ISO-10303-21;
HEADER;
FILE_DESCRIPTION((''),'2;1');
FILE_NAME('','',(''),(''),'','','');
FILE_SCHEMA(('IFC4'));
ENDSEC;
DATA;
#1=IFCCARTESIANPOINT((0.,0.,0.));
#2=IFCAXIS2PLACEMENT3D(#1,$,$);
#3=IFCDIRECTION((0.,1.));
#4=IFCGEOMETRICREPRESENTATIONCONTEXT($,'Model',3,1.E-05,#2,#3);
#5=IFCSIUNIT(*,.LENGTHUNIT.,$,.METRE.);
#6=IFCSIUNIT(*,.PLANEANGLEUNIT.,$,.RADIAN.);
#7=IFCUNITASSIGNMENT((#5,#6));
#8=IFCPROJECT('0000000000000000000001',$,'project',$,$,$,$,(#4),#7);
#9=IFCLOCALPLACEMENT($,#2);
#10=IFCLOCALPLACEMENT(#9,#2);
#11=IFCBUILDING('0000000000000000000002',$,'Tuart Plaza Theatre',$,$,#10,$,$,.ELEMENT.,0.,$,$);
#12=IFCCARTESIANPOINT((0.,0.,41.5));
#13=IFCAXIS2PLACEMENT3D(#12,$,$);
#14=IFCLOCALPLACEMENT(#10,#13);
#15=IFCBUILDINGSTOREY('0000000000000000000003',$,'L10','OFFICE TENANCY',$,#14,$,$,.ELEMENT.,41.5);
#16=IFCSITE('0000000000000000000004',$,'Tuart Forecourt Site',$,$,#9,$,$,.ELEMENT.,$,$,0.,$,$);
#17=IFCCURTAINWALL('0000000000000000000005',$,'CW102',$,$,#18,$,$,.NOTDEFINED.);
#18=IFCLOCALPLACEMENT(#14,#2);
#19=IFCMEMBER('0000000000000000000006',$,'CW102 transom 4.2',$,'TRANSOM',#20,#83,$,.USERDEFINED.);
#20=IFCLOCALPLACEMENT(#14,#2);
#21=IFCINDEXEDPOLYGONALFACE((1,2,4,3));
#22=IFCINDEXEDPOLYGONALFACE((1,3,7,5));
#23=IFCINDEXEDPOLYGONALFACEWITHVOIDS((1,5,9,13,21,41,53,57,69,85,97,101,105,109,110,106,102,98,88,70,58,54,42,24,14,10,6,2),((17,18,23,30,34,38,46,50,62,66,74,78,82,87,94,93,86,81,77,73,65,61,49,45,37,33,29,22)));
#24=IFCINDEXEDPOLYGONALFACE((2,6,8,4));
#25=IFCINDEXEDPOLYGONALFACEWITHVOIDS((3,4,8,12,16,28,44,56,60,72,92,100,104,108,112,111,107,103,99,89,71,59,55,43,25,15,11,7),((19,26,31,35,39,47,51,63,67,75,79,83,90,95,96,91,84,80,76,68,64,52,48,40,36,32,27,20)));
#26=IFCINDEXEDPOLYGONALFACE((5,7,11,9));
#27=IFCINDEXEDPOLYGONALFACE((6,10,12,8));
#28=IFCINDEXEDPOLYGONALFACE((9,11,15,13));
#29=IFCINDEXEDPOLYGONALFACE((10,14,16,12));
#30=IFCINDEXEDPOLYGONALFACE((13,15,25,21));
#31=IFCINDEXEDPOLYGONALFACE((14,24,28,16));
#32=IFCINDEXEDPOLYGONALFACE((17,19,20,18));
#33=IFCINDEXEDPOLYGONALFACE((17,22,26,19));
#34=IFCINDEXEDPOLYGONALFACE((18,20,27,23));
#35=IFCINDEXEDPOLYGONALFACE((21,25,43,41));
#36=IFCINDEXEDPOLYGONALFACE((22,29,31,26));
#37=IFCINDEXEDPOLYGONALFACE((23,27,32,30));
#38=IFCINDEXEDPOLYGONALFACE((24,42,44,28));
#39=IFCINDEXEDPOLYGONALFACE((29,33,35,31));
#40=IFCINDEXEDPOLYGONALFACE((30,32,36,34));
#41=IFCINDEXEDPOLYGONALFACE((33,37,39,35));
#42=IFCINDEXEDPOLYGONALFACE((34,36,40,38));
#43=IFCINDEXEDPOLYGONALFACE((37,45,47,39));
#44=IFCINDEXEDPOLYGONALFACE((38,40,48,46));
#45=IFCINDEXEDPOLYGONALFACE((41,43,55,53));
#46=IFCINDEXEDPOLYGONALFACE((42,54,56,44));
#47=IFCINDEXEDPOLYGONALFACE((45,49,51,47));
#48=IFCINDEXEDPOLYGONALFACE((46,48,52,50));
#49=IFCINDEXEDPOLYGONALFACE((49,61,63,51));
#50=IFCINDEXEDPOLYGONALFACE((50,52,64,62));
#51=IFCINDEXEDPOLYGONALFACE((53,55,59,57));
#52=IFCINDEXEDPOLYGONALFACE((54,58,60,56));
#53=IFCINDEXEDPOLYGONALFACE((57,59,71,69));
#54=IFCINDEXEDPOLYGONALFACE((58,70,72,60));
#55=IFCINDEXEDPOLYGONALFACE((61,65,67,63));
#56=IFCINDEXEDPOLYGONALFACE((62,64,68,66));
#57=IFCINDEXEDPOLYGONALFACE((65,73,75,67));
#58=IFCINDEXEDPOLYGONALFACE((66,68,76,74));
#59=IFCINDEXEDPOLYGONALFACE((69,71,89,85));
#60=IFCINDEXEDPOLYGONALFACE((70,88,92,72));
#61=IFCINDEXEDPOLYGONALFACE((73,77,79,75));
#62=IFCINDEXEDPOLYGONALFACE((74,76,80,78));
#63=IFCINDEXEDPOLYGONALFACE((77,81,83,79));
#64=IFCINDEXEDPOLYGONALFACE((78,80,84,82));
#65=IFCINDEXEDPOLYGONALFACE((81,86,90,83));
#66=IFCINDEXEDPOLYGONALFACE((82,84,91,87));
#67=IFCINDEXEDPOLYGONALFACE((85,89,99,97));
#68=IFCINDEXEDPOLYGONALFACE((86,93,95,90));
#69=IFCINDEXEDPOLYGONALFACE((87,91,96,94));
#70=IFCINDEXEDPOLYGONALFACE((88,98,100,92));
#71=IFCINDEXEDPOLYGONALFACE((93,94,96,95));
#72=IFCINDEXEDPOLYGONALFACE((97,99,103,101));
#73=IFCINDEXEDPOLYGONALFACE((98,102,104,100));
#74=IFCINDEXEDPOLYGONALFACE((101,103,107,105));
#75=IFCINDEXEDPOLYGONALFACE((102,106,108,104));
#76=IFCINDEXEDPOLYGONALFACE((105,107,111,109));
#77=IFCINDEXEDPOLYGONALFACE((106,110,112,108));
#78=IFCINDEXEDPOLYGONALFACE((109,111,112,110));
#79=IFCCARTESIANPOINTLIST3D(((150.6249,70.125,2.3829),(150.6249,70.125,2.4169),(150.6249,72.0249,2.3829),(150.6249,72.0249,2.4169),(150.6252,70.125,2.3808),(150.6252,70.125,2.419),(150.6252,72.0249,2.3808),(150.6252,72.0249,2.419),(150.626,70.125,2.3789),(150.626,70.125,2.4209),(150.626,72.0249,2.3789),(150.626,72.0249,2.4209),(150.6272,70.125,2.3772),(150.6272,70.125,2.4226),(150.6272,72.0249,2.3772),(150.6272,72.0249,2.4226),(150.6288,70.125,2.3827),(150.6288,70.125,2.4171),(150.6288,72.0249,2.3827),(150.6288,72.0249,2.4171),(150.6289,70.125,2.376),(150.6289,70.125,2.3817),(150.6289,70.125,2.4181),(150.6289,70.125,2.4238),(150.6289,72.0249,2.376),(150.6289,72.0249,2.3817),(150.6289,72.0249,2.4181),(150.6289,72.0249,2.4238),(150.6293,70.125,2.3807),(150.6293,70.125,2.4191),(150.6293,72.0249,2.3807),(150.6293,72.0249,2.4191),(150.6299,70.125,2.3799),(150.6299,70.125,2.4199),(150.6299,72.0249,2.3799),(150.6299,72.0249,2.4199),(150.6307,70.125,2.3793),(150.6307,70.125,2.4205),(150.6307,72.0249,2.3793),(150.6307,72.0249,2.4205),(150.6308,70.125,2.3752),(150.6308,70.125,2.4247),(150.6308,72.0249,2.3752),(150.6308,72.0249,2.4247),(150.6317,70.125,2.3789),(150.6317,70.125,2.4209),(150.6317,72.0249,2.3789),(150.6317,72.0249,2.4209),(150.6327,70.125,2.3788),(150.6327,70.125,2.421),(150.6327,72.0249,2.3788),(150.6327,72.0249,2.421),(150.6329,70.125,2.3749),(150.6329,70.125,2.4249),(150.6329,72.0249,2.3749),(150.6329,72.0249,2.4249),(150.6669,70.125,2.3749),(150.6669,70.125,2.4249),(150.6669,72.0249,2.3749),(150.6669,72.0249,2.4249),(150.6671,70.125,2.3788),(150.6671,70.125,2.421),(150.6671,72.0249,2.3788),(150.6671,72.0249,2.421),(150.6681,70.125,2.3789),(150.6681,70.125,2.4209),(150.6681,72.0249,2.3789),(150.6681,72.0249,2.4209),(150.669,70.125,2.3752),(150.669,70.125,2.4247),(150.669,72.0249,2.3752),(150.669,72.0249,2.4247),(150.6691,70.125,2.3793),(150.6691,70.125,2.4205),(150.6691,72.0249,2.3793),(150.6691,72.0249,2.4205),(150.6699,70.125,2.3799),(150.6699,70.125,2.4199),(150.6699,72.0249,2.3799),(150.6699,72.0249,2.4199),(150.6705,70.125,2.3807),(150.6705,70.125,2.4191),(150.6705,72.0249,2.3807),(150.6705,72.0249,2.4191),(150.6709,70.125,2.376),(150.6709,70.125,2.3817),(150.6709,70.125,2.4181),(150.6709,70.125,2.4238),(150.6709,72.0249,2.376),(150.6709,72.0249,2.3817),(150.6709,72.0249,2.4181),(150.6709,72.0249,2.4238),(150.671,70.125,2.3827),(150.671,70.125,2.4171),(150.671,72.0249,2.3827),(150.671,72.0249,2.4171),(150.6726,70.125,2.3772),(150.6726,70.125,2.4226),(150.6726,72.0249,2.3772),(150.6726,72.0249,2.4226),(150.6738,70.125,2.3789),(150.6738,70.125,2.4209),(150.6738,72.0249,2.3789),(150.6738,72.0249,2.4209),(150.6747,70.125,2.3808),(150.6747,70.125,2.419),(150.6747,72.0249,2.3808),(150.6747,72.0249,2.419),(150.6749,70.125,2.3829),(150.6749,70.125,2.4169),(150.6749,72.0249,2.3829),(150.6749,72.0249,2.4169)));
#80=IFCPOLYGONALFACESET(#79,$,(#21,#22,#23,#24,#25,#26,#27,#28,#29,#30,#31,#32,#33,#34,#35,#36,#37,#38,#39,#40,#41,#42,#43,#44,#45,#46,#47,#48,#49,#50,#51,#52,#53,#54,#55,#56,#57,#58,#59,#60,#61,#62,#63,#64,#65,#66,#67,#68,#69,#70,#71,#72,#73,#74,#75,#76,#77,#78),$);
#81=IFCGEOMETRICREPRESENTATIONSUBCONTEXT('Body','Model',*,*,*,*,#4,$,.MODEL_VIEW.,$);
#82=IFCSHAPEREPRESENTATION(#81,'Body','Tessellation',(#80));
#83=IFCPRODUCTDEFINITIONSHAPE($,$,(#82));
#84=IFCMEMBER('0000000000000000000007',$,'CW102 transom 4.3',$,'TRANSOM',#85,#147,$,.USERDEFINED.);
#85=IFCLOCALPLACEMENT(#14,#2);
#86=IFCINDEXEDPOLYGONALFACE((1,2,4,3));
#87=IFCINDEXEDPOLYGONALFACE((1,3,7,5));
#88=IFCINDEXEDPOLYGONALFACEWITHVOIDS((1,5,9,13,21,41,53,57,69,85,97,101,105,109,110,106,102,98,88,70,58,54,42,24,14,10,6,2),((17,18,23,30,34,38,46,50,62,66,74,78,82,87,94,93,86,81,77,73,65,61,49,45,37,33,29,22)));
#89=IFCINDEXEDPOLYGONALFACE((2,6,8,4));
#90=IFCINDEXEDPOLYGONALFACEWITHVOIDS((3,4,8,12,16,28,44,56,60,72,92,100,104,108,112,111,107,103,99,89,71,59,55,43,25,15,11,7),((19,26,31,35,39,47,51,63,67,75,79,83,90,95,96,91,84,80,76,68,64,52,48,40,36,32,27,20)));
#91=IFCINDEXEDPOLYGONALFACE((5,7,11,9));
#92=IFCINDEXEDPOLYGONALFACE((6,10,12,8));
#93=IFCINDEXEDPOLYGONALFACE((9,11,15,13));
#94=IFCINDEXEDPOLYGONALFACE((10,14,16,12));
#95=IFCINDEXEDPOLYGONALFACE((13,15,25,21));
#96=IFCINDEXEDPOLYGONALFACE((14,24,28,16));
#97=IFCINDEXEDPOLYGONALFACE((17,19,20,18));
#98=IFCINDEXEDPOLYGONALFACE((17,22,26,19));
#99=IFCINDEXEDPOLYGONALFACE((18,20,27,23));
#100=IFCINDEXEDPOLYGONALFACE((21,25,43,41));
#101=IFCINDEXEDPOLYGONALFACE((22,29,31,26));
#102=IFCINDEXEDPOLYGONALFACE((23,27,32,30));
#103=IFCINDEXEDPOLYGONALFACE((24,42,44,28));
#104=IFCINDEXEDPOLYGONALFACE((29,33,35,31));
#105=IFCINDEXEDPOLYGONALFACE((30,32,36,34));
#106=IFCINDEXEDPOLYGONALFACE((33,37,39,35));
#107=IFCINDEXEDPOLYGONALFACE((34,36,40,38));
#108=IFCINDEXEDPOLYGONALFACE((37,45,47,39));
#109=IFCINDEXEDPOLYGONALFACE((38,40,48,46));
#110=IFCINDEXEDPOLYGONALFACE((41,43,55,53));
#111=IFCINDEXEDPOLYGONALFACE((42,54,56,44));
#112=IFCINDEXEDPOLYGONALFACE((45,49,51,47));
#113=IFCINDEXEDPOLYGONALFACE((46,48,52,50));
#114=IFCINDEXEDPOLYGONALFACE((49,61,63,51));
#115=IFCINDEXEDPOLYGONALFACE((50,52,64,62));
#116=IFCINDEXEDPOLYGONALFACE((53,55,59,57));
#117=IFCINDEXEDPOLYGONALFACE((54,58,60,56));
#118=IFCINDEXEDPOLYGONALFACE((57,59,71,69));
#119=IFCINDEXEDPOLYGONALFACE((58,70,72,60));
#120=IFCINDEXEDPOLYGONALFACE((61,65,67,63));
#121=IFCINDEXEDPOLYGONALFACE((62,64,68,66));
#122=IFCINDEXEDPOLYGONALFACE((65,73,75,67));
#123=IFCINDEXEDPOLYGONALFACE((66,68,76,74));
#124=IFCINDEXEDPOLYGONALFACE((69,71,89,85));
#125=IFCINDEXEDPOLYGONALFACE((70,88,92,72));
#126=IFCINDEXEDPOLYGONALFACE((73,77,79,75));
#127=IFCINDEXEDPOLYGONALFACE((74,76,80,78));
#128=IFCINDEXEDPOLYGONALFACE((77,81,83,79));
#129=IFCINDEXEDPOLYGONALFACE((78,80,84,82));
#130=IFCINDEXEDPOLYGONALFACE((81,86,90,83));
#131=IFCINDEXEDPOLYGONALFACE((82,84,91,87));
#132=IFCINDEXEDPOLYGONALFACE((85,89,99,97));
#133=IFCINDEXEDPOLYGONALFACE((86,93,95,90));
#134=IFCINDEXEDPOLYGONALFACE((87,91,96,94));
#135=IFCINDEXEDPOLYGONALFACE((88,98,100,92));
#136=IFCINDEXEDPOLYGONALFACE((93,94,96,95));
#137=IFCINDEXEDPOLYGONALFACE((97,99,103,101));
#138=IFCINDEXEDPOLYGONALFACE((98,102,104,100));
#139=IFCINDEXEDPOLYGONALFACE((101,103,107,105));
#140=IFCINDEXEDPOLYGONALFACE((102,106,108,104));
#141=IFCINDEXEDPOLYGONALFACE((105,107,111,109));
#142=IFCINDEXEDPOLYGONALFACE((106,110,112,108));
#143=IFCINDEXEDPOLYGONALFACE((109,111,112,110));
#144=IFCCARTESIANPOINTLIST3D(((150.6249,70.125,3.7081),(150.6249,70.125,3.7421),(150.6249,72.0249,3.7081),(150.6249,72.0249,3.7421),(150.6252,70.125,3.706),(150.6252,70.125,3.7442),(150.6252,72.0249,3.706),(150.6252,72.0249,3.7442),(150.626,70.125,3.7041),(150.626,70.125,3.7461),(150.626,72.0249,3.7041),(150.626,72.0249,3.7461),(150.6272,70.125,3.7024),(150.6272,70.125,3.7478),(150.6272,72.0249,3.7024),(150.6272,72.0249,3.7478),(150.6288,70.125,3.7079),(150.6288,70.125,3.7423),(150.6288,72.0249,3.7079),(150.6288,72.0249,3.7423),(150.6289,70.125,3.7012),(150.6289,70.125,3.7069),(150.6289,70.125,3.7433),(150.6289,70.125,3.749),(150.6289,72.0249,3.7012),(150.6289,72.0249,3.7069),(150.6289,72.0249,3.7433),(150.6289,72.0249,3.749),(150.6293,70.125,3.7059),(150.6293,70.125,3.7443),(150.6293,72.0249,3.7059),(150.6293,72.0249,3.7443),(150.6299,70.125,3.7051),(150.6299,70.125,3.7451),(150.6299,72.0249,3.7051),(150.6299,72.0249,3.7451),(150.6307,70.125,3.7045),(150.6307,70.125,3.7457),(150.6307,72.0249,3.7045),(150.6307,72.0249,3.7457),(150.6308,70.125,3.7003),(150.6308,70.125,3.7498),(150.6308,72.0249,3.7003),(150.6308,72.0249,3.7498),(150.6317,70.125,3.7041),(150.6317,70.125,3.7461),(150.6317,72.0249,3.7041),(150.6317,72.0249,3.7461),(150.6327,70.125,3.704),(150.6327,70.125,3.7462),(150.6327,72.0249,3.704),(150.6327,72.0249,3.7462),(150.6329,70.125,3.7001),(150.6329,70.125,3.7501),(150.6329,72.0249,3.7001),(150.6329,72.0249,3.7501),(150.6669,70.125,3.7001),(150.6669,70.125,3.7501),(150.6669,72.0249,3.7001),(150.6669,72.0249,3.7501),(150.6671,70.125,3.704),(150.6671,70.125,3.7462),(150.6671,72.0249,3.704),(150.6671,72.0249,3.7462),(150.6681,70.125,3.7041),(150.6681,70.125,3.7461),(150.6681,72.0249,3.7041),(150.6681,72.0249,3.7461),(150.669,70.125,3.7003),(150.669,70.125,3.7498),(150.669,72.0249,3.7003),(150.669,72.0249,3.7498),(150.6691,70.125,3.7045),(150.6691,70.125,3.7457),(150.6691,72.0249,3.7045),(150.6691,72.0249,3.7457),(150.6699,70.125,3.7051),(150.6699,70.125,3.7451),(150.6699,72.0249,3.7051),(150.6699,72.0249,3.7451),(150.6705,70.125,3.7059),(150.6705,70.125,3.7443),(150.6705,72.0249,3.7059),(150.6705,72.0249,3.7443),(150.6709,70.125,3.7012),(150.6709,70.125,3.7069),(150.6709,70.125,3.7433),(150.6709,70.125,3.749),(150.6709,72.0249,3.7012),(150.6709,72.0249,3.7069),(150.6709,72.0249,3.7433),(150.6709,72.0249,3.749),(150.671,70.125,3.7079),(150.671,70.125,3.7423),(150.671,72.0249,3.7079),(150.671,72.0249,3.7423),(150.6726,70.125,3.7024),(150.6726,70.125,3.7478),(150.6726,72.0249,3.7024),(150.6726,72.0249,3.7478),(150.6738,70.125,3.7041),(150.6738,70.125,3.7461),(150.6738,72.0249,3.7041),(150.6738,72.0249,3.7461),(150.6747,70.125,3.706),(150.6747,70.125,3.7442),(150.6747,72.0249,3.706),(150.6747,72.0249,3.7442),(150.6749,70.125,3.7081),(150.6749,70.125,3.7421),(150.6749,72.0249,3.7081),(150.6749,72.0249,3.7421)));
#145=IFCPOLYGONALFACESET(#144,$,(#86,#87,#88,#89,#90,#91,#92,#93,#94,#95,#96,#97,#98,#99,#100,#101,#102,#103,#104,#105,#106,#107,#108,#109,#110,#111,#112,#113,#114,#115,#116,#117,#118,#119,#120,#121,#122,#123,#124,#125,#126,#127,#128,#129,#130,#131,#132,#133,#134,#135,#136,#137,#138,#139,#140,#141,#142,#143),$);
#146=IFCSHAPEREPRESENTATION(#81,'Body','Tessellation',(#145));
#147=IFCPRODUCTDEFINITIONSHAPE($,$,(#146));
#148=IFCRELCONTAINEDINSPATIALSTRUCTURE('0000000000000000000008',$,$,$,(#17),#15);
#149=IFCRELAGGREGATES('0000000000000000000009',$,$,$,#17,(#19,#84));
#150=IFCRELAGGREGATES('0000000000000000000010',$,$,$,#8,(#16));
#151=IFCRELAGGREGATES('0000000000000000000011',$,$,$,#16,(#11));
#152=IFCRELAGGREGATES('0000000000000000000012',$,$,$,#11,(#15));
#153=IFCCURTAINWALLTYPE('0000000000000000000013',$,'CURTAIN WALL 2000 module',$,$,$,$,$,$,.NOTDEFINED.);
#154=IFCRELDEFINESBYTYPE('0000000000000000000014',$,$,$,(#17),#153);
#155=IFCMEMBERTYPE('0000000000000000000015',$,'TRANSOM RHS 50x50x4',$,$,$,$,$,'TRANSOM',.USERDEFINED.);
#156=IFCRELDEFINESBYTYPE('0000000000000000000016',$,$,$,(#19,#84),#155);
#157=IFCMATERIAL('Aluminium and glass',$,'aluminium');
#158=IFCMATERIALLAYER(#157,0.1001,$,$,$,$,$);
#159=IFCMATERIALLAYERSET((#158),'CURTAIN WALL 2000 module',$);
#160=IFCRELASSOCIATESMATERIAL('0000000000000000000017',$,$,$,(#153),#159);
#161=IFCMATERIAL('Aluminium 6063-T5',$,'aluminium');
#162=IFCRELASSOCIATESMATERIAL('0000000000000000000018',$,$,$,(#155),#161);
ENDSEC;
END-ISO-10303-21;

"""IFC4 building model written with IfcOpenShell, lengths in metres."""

from ifc_helpers import new_model, si_unit, direction, frame, origin, origin_2d, place, context, subcontext, project, spatial, hollow_rectangle, extrude, material, layer, layer_set, material_profile, profile_set, type_object, element, aggregate, save


model = new_model("IFC4")

# Units and contexts
model_context = context("Model", 3, precision=1e-05, world=origin(), true_north=direction((0.0, 1.0)))
body_context = subcontext(model_context, "Body", "Model", "MODEL_VIEW")
ifc_project = project(units=[si_unit("LENGTHUNIT", "METRE"), si_unit("PLANEANGLEUNIT", "RADIAN")], contexts=[model_context])

# Site, building, storey
site_placement = place(None, origin())
site = spatial("IfcSite", under=ifc_project, at=site_placement, Name="Tuart Forecourt Site", CompositionType="ELEMENT", RefElevation=0.0)
building_placement = place(site_placement, origin())
building = spatial("IfcBuilding", under=site, at=building_placement, Name="Tuart Plaza Theatre", CompositionType="ELEMENT", ElevationOfRefHeight=0.0)
storey_placement = place(building_placement, frame((0.0, 0.0, 41.5)))
storey = spatial("IfcBuildingStorey", under=building, at=storey_placement, Name="L10", Description="OFFICE TENANCY", CompositionType="ELEMENT", Elevation=41.5)

# Curtain wall
ifc_material_1 = material(Name="Aluminium and glass", Category="aluminium")
ifc_layer_1 = layer(ifc_material_1, 0.1001)
ifc_layer_set_1 = layer_set([ifc_layer_1], Name="CURTAIN WALL 2000 module")
curtain_wall_type = type_object("IfcCurtainWallType", Name="CURTAIN WALL 2000 module", PredefinedType="NOTDEFINED", material=ifc_layer_set_1)
curtain_wall_1_placement = place(storey_placement, origin())
curtain_wall_1 = element("IfcCurtainWall", 1, at=curtain_wall_1_placement, inside=storey, type_object=curtain_wall_type, Name="CW102", PredefinedType="NOTDEFINED")

# Members
ifc_material_2 = material(Name="Aluminium 6063-T5", Category="aluminium")
ifc_material_profile_1 = material_profile(ifc_material_2, hollow_rectangle(XDim=0.05, YDim=0.05, WallThickness=0.0039, InnerFilletRadius=0.0039, OuterFilletRadius=0.0081, at=origin_2d()), Name="RHS 50x50x4")
ifc_profile_set_1 = profile_set([ifc_material_profile_1], Name="Aluminium 6063-T5")
member_type_1 = type_object("IfcMemberType", Name="TRANSOM RHS 50x50x4", ElementType="TRANSOM", PredefinedType="USERDEFINED", material=ifc_profile_set_1)
member_1_placement = place(storey_placement, frame((150.6499, 70.125, 2.3999), z_axis=(0.0, 1.0, 0.0), x_axis=(-1.0, 0.0, 0.0)))
member_1 = element("IfcMember", 2, at=member_1_placement, type_object=member_type_1, Name="CW102 transom 4.2", ObjectType="TRANSOM", PredefinedType="USERDEFINED", context=body_context, shape_type="SweptSolid", body=[
    extrude(hollow_rectangle(XDim=0.05, YDim=0.05, WallThickness=0.0039, InnerFilletRadius=0.0039, OuterFilletRadius=0.0081, at=origin_2d()), origin(), (0.0, 0.0, 1.0), 1.8999),
])
member_2_placement = place(storey_placement, frame((150.6499, 70.125, 3.7251), z_axis=(0.0, 1.0, 0.0), x_axis=(-1.0, 0.0, 0.0)))
member_2 = element("IfcMember", 3, at=member_2_placement, type_object=member_type_1, Name="CW102 transom 4.3", ObjectType="TRANSOM", PredefinedType="USERDEFINED", context=body_context, shape_type="SweptSolid", body=[
    extrude(hollow_rectangle(XDim=0.05, YDim=0.05, WallThickness=0.0039, InnerFilletRadius=0.0039, OuterFilletRadius=0.0081, at=origin_2d()), origin(), (0.0, 0.0, 1.0), 1.8999),
])

aggregate(curtain_wall_1, [member_1, member_2])

save(model, "model.ifc")
